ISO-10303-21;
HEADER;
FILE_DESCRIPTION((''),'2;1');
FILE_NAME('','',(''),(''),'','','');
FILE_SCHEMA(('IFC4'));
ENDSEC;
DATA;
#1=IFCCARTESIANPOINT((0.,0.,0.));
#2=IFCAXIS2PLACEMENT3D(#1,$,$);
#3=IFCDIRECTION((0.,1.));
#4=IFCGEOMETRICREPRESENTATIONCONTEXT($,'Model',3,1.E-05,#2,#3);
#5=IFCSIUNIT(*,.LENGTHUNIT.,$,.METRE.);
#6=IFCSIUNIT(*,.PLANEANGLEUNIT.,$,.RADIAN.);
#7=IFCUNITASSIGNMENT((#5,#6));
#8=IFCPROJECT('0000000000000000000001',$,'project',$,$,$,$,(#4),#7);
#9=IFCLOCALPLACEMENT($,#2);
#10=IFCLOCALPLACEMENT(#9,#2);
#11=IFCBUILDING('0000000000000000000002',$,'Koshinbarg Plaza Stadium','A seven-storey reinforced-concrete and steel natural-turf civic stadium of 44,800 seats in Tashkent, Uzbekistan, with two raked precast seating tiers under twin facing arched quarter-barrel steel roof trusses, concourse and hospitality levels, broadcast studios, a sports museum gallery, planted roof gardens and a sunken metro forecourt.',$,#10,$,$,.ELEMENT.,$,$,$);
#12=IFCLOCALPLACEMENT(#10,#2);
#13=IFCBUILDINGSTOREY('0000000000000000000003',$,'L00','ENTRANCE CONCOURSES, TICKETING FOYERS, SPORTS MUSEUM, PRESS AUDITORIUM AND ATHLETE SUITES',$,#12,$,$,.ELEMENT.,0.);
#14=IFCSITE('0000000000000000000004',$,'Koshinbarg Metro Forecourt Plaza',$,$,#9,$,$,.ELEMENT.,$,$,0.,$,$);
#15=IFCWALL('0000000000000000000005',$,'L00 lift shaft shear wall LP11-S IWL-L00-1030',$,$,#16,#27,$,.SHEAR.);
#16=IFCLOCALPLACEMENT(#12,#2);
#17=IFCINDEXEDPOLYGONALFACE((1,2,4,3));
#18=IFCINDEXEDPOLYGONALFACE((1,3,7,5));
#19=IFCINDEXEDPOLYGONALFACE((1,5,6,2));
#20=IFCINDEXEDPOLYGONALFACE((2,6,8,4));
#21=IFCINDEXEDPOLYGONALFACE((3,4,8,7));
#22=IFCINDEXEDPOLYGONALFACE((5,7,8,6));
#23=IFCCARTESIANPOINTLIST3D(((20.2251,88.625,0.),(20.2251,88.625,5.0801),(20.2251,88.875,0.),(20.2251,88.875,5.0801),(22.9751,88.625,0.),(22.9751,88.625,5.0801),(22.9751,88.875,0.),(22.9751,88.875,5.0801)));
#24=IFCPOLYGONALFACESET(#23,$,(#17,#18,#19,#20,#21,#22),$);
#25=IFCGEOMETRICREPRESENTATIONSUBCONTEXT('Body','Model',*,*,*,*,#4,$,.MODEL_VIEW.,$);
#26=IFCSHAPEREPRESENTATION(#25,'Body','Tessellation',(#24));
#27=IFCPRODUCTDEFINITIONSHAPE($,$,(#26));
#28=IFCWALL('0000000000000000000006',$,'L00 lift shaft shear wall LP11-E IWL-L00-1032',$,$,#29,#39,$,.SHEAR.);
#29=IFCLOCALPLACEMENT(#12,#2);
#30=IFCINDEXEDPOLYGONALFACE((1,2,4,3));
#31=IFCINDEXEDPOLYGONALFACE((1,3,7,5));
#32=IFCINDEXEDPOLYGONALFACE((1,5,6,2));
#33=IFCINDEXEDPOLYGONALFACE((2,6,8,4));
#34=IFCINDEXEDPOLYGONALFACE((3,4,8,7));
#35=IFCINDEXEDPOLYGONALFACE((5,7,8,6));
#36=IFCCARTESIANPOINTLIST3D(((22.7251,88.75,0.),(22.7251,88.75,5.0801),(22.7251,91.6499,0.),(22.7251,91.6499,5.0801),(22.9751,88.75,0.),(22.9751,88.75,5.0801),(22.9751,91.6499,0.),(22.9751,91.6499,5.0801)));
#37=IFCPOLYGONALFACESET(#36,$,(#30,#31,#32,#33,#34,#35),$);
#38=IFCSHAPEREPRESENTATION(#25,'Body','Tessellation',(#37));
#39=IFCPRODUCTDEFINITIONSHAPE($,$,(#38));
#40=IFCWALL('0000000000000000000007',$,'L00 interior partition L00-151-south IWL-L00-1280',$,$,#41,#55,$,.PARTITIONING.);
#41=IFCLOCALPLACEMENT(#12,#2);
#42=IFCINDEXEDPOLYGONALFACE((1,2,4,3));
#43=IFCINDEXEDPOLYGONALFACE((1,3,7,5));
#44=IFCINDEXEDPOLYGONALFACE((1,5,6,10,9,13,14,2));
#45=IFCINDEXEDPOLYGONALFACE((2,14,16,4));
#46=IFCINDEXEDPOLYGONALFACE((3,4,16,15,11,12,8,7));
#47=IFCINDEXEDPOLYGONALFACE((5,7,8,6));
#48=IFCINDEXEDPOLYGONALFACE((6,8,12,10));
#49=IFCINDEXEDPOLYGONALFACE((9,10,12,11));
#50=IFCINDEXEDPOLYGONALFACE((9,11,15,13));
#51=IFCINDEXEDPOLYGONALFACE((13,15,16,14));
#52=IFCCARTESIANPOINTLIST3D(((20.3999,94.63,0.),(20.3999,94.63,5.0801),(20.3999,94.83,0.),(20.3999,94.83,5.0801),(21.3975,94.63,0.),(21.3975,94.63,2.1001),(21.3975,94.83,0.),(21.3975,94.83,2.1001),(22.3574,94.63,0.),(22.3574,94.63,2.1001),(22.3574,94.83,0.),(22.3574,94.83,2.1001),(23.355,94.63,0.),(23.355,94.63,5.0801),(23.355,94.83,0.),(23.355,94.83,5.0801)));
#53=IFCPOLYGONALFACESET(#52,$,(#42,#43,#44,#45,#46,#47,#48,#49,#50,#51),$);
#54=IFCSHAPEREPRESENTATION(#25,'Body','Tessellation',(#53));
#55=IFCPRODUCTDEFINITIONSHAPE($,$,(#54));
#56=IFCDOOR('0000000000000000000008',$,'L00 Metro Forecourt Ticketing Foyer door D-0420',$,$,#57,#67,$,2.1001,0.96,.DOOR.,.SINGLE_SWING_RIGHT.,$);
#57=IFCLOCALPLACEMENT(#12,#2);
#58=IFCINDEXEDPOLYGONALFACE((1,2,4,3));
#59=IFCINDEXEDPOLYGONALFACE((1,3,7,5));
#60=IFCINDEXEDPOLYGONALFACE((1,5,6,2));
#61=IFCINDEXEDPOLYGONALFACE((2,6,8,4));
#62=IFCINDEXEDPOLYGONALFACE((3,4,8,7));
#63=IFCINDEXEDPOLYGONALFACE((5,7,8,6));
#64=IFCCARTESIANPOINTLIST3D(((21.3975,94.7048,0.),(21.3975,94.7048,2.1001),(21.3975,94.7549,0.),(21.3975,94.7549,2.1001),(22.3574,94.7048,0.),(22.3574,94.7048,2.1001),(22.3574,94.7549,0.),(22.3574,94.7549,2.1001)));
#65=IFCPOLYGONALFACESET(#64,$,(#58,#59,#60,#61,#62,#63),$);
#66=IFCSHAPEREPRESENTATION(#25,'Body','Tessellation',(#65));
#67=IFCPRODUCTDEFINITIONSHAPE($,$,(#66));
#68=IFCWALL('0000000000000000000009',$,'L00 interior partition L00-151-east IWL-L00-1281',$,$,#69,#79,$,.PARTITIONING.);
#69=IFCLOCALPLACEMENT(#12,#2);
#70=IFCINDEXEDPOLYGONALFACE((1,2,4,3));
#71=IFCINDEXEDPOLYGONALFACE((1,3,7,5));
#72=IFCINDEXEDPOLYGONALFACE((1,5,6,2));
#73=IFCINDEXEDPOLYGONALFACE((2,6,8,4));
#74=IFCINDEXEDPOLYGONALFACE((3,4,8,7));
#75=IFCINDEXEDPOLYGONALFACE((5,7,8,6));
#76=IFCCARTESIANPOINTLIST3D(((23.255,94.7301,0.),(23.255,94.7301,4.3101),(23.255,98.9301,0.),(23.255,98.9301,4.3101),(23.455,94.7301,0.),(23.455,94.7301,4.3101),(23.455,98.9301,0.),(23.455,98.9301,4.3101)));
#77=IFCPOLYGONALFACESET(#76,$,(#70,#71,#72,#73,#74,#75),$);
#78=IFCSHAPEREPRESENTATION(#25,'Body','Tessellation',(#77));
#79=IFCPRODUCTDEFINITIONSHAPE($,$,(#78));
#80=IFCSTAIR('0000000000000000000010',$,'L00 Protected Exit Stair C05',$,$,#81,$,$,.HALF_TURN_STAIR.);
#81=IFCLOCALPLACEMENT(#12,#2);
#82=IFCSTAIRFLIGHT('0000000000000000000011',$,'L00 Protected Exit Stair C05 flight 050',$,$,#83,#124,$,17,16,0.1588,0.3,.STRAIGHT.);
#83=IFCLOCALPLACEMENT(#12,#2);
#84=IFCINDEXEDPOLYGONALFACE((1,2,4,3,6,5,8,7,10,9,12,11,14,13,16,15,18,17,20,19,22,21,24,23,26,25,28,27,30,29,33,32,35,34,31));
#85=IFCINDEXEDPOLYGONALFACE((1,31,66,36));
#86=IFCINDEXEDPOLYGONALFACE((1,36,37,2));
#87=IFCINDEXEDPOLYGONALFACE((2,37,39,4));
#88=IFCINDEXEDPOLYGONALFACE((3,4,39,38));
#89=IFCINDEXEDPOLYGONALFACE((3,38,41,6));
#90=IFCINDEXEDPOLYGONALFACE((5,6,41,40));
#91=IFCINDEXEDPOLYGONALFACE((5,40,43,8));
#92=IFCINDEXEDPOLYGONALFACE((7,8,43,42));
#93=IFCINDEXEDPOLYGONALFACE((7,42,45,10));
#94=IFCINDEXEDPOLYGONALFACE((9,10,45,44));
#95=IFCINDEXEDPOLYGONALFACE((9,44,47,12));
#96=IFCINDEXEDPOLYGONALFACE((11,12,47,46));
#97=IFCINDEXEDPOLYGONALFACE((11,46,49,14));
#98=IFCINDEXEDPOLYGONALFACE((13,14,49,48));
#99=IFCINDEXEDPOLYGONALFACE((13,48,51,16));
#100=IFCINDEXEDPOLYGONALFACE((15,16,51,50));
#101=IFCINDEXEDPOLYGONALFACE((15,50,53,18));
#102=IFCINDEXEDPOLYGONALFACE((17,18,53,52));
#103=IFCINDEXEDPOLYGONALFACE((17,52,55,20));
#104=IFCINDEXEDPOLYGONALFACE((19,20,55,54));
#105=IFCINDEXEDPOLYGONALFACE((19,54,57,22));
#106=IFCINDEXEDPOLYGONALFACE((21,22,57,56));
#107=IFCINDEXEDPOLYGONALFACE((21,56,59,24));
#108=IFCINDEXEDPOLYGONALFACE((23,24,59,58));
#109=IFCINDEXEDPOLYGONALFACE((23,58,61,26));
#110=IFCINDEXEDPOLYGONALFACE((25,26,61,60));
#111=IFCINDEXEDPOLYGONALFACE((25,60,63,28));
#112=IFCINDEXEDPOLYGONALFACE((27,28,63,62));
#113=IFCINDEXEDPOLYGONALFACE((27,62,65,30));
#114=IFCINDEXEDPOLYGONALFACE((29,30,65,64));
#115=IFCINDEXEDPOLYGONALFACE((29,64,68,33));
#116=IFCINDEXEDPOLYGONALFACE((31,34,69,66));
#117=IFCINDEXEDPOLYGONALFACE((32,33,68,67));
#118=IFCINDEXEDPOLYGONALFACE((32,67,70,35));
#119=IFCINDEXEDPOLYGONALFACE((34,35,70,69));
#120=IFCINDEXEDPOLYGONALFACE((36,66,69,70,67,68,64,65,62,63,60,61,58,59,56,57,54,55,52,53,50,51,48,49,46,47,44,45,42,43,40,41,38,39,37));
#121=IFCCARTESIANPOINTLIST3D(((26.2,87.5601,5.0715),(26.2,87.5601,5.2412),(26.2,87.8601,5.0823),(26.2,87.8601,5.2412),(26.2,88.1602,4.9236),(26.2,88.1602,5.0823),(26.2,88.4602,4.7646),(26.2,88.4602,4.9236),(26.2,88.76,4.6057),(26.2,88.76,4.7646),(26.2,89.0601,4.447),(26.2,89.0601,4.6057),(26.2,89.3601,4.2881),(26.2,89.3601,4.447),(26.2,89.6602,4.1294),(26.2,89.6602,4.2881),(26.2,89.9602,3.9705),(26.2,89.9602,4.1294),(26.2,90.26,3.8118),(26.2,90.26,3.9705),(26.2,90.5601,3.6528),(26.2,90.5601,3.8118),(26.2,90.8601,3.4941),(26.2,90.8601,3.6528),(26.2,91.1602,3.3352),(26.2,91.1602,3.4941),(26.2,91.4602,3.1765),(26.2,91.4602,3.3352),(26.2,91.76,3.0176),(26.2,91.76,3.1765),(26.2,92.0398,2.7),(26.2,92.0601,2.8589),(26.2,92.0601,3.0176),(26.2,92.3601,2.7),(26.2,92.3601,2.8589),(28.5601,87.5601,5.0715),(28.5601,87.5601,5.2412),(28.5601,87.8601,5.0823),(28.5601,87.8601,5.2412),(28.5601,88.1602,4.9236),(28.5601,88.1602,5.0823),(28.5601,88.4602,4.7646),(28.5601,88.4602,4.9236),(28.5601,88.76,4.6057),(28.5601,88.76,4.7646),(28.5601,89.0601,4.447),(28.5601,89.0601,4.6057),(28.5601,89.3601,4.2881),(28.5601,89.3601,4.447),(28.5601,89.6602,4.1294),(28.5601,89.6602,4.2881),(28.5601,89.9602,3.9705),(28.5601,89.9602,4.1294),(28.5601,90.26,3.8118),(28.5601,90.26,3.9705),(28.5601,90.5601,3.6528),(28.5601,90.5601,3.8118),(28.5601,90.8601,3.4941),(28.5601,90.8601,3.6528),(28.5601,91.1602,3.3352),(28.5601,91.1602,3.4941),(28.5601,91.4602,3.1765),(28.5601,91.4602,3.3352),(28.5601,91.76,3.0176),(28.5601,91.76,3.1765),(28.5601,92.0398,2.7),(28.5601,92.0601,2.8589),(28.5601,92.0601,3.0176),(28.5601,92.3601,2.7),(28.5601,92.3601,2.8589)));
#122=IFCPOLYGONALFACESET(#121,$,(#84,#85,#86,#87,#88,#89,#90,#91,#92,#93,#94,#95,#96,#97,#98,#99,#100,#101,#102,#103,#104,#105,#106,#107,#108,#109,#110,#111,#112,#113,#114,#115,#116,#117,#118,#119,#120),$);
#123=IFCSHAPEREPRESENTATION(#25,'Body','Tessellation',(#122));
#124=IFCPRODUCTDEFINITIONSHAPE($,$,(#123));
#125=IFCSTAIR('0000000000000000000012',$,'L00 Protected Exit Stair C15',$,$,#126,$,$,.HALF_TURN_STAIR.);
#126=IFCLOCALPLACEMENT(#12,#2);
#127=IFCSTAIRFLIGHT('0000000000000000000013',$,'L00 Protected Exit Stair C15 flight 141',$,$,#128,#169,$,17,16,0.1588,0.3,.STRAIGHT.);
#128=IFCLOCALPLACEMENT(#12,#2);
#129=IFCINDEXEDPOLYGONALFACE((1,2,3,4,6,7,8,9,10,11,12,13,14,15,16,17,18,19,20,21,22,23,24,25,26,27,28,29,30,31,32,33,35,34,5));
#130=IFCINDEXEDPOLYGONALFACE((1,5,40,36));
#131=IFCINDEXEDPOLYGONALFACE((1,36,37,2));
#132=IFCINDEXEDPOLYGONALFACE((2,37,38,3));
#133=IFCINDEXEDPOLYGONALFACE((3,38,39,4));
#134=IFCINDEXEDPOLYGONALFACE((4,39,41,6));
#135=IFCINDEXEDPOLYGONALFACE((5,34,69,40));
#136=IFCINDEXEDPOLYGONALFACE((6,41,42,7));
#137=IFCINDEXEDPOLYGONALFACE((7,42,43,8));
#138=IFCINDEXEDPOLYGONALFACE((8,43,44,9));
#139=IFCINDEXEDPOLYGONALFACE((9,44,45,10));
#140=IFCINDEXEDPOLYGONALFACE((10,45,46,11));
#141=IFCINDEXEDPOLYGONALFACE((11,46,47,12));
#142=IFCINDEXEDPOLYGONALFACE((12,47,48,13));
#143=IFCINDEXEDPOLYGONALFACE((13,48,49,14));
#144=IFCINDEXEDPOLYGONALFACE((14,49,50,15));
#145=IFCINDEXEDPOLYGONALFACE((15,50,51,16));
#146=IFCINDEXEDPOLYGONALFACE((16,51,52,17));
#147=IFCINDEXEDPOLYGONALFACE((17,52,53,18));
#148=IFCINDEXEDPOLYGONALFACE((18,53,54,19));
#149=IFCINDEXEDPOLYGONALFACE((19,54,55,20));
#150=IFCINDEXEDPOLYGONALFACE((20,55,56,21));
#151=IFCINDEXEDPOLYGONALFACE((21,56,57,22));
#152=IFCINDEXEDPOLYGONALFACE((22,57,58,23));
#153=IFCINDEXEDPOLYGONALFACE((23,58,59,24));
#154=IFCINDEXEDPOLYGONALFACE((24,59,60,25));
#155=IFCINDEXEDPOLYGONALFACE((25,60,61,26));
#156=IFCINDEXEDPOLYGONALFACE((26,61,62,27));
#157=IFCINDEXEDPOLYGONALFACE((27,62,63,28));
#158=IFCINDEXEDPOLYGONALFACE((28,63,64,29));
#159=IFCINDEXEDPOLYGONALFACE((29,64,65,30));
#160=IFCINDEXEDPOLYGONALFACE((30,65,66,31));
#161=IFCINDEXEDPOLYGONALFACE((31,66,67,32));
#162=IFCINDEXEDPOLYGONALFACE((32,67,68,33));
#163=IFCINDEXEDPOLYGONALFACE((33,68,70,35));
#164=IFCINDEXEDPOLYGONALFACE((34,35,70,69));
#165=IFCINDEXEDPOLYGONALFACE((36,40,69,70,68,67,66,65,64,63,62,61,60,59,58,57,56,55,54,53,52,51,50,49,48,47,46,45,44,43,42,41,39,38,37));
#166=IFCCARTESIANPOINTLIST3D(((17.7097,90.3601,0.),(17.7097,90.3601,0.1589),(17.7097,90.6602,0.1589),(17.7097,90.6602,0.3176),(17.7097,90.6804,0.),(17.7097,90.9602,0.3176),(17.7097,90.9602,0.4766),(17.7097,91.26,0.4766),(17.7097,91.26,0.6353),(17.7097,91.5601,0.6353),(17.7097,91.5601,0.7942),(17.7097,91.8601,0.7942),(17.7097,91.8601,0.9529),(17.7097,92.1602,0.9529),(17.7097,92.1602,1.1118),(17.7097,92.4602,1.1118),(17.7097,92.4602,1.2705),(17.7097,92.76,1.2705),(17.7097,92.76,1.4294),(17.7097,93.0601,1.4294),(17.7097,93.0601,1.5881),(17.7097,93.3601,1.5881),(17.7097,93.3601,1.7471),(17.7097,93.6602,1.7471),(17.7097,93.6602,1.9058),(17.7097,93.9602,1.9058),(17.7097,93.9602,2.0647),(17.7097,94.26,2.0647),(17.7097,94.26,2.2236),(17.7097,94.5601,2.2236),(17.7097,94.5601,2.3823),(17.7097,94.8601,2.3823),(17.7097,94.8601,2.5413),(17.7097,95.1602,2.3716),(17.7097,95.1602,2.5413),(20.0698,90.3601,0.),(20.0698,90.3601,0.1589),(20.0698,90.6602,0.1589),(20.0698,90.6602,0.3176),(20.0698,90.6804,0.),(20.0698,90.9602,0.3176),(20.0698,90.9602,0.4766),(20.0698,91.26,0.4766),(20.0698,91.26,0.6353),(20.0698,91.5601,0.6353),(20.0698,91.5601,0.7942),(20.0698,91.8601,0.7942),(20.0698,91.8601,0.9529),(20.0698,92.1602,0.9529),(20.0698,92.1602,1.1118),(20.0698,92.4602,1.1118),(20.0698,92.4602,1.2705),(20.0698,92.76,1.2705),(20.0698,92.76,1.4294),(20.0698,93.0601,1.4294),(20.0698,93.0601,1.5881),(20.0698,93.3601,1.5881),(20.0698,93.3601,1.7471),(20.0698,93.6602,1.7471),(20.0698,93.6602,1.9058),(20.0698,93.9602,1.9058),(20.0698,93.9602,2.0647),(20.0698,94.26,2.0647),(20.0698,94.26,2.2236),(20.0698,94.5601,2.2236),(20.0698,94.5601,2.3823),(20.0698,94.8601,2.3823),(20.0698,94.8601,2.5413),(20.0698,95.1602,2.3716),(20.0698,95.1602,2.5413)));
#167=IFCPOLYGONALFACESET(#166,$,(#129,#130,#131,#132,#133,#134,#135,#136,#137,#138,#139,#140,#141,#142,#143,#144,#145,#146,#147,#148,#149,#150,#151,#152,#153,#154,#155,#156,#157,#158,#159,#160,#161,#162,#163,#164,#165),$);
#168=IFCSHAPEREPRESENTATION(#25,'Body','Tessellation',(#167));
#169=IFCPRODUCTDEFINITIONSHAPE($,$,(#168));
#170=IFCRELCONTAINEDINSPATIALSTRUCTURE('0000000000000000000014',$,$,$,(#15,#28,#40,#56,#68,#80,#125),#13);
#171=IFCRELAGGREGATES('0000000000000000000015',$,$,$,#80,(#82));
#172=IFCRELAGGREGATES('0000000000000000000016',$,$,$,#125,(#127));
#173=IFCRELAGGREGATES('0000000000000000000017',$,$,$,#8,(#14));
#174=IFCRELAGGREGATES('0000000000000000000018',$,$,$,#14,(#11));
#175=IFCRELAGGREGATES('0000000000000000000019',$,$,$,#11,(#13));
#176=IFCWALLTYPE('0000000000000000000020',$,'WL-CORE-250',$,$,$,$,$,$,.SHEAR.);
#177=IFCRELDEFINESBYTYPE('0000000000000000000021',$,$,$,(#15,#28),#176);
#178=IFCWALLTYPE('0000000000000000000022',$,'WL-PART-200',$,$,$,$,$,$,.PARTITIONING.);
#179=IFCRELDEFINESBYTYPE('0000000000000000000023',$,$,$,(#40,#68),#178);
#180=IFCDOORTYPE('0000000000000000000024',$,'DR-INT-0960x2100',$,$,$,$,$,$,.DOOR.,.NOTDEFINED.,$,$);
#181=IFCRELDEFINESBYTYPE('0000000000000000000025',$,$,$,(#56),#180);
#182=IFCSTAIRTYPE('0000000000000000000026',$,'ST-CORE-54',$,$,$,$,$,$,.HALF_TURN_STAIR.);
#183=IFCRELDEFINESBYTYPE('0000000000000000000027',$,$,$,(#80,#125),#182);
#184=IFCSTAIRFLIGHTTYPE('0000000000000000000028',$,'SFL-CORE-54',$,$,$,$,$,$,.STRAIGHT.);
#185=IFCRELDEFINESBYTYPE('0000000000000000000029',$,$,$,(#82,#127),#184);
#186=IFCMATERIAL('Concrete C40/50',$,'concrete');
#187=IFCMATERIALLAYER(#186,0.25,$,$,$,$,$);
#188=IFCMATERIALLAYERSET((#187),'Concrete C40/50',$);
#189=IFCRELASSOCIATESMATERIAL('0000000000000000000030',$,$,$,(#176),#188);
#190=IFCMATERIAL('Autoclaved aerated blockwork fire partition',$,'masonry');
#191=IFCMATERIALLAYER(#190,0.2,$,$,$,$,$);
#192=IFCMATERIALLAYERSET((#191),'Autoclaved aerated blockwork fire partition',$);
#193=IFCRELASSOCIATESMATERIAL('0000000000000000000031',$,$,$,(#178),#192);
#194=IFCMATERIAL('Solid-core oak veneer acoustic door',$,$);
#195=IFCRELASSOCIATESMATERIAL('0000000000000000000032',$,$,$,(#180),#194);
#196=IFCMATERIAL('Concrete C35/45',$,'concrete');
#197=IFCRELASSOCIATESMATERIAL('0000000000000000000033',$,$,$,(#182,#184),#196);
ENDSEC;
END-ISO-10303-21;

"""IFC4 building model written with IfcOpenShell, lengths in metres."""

from ifc_helpers import new_model, si_unit, direction, frame, frame_2d, origin, place, context, subcontext, project, spatial, polyline, rectangle, outline, extrude, material, layer, layer_set, type_object, element, fill, aggregate, save


model = new_model("IFC4")

# Units and contexts
model_context = context("Model", 3, precision=1e-05, world=origin(), true_north=direction((0.0, 1.0)))
body_context = subcontext(model_context, "Body", "Model", "MODEL_VIEW")
ifc_project = project(units=[si_unit("LENGTHUNIT", "METRE"), si_unit("PLANEANGLEUNIT", "RADIAN")], contexts=[model_context])

# Site, building, storey
site_placement = place(None, origin())
site = spatial("IfcSite", under=ifc_project, at=site_placement, Name="Koshinbarg Metro Forecourt Plaza", CompositionType="ELEMENT", RefElevation=0.0)
building_placement = place(site_placement, origin())
building = spatial("IfcBuilding", under=site, at=building_placement, Name="Koshinbarg Plaza Stadium", Description="A seven-storey reinforced-concrete and steel natural-turf civic stadium of 44,800 seats in Tashkent, Uzbekistan, with two raked precast seating tiers under twin facing arched quarter-barrel steel roof trusses, concourse and hospitality levels, broadcast studios, a sports museum gallery, planted roof gardens and a sunken metro forecourt.", CompositionType="ELEMENT")
storey_placement = place(building_placement, origin())
storey = spatial("IfcBuildingStorey", under=building, at=storey_placement, Name="L00", Description="ENTRANCE CONCOURSES, TICKETING FOYERS, SPORTS MUSEUM, PRESS AUDITORIUM AND ATHLETE SUITES", CompositionType="ELEMENT", Elevation=0.0)

# Shared definitions
ifc_material_1 = material(Name="Concrete C35/45", Category="concrete")

# Wall
ifc_material_2 = material(Name="Concrete C40/50", Category="concrete")
ifc_layer_1 = layer(ifc_material_2, 0.25)
ifc_layer_set_1 = layer_set([ifc_layer_1], Name="Concrete C40/50")
wall_type_1 = type_object("IfcWallType", Name="WL-CORE-250", PredefinedType="SHEAR", material=ifc_layer_set_1)
wall_1_placement = place(storey_placement, frame((20.2251, 88.75, 0.0), z_axis=(0.0, 0.0, 1.0), x_axis=(1.0, 0.0, 0.0)))
element("IfcWall", 1, at=wall_1_placement, inside=storey, type_object=wall_type_1, Name="L00 lift shaft shear wall LP11-S IWL-L00-1030", PredefinedType="SHEAR", context=body_context, shape_type="SweptSolid", body=[
    extrude(rectangle(XDim=2.75, YDim=0.25, at=frame_2d((1.375, 0.0))), origin(), (0.0, 0.0, 1.0), 5.0801),
])

# Wall
wall_2_placement = place(storey_placement, frame((22.8501, 88.75, 0.0), z_axis=(0.0, 0.0, 1.0), x_axis=(0.0, 1.0, 0.0)))
element("IfcWall", 2, at=wall_2_placement, inside=storey, type_object=wall_type_1, Name="L00 lift shaft shear wall LP11-E IWL-L00-1032", PredefinedType="SHEAR", context=body_context, shape_type="SweptSolid", body=[
    extrude(rectangle(XDim=2.8999, YDim=0.25, at=frame_2d((1.45, 0.0))), origin(), (0.0, 0.0, 1.0), 5.0801),
])

# Wall, opening, door
ifc_material_3 = material(Name="Autoclaved aerated blockwork fire partition", Category="masonry")
ifc_layer_2 = layer(ifc_material_3, 0.2)
ifc_layer_set_2 = layer_set([ifc_layer_2], Name="Autoclaved aerated blockwork fire partition")
wall_type_2 = type_object("IfcWallType", Name="WL-PART-200", PredefinedType="PARTITIONING", material=ifc_layer_set_2)
wall_3_placement = place(storey_placement, frame((20.3999, 94.73, 0.0), z_axis=(0.0, 0.0, 1.0), x_axis=(1.0, 0.0, 0.0)))
wall_3 = element("IfcWall", 3, at=wall_3_placement, inside=storey, type_object=wall_type_2, Name="L00 interior partition L00-151-south IWL-L00-1280", PredefinedType="PARTITIONING", context=body_context, shape_type="SweptSolid", body=[
    extrude(rectangle(XDim=2.9551, YDim=0.2, at=frame_2d((1.4775, 0.0))), origin(), (0.0, 0.0, 1.0), 5.0801),
])
opening_1_placement = place(wall_3_placement, frame((0.9976, 0.0, 0.0)))
opening_1 = element("IfcOpeningElement", 4, at=opening_1_placement, cuts=wall_3, PredefinedType="OPENING", context=body_context, shape_type="SweptSolid", body=[
    extrude(rectangle(XDim=0.96, YDim=2.1001, at=frame_2d((0.48, 1.05))), frame((0.0, 0.1099, 0.0), z_axis=(0.0, -1.0, 0.0), x_axis=(1.0, 0.0, 0.0)), (0.0, 0.0, 1.0), 0.22),
])
ifc_material_4 = material(Name="Solid-core oak veneer acoustic door")
door_type_1 = type_object("IfcDoorType", Name="DR-INT-0960x2100", OperationType="NOTDEFINED", PredefinedType="DOOR", material=ifc_material_4)
door_1_placement = place(opening_1_placement, origin())
door_1 = element("IfcDoor", 5, at=door_1_placement, inside=storey, type_object=door_type_1, Name="L00 Metro Forecourt Ticketing Foyer door D-0420", OperationType="SINGLE_SWING_RIGHT", OverallHeight=2.1001, OverallWidth=0.96, PredefinedType="DOOR", context=body_context, shape_type="SweptSolid", body=[
    extrude(rectangle(XDim=0.96, YDim=2.1001, at=frame_2d((0.48, 1.05))), frame((0.0, 0.0249, 0.0), z_axis=(0.0, -1.0, 0.0), x_axis=(1.0, 0.0, 0.0)), (0.0, 0.0, 1.0), 0.05),
])
fill(opening_1, door_1)

# Wall
wall_4_placement = place(storey_placement, frame((23.355, 94.73, 0.0), z_axis=(0.0, 0.0, 1.0), x_axis=(0.0, 1.0, 0.0)))
element("IfcWall", 6, at=wall_4_placement, inside=storey, type_object=wall_type_2, Name="L00 interior partition L00-151-east IWL-L00-1281", PredefinedType="PARTITIONING", context=body_context, shape_type="SweptSolid", body=[
    extrude(rectangle(XDim=4.2, YDim=0.2, at=frame_2d((2.1001, 0.0))), origin(), (0.0, 0.0, 1.0), 4.3101),
])

# Stair, stair flight
stair_type = type_object("IfcStairType", Name="ST-CORE-54", PredefinedType="HALF_TURN_STAIR", material=ifc_material_1)
stair_1_placement = place(storey_placement, origin())
stair_1 = element("IfcStair", 7, at=stair_1_placement, inside=storey, type_object=stair_type, Name="L00 Protected Exit Stair C05", PredefinedType="HALF_TURN_STAIR")
stair_flight_type = type_object("IfcStairFlightType", Name="SFL-CORE-54", PredefinedType="STRAIGHT", material=ifc_material_1)
stair_flight_1_placement = place(storey_placement, frame((27.3799, 92.3601, 2.7), z_axis=(0.0, 0.0, 1.0), x_axis=(0.0, -1.0, 0.0)))
stair_flight_1 = element("IfcStairFlight", 8, at=stair_flight_1_placement, type_object=stair_flight_type, Name="L00 Protected Exit Stair C05 flight 050", NumberOfRisers=17, NumberOfTreads=16, PredefinedType="STRAIGHT", RiserHeight=0.1588, TreadLength=0.3, context=body_context, shape_type="SweptSolid", body=[
    extrude(outline(polyline([(0.0, 0.0), (0.0, 0.1589), (0.3, 0.1589), (0.3, 0.3176), (0.6001, 0.3176), (0.6001, 0.4766), (0.8999, 0.4766), (0.8999, 0.6353), (1.2, 0.6353), (1.2, 0.7942), (1.5, 0.7942), (1.5, 0.9529), (1.8, 0.9529), (1.8, 1.1118), (2.1001, 1.1118), (2.1001, 1.2705), (2.3999, 1.2705), (2.3999, 1.4294), (2.7, 1.4294), (2.7, 1.5881), (3.0, 1.5881), (3.0, 1.7471), (3.3, 1.7471), (3.3, 1.9058), (3.6001, 1.9058), (3.6001, 2.0647), (3.8999, 2.0647), (3.8999, 2.2236), (4.2, 2.2236), (4.2, 2.3823), (4.5, 2.3823), (4.5, 2.5413), (4.8, 2.5413), (4.8, 2.7), (4.8, 2.3716), (0.3203, 0.0), (0.0, 0.0)])), frame((0.0, 1.1802, 0.0), z_axis=(0.0, -1.0, 0.0), x_axis=(1.0, 0.0, 0.0)), (0.0, 0.0, 1.0), 2.3601),
])
aggregate(stair_1, [stair_flight_1])

# Stair, stair flight
stair_2_placement = place(storey_placement, origin())
stair_2 = element("IfcStair", 9, at=stair_2_placement, inside=storey, type_object=stair_type, Name="L00 Protected Exit Stair C15", PredefinedType="HALF_TURN_STAIR")
stair_flight_2_placement = place(storey_placement, frame((18.8899, 90.3601, 0.0), z_axis=(0.0, 0.0, 1.0), x_axis=(0.0, 1.0, 0.0)))
stair_flight_2 = element("IfcStairFlight", 10, at=stair_flight_2_placement, type_object=stair_flight_type, Name="L00 Protected Exit Stair C15 flight 141", NumberOfRisers=17, NumberOfTreads=16, PredefinedType="STRAIGHT", RiserHeight=0.1588, TreadLength=0.3, context=body_context, shape_type="SweptSolid", body=[
    extrude(outline(polyline([(0.0, 0.0), (0.0, 0.1589), (0.3, 0.1589), (0.3, 0.3176), (0.6001, 0.3176), (0.6001, 0.4766), (0.8999, 0.4766), (0.8999, 0.6353), (1.2, 0.6353), (1.2, 0.7942), (1.5, 0.7942), (1.5, 0.9529), (1.8, 0.9529), (1.8, 1.1118), (2.1001, 1.1118), (2.1001, 1.2705), (2.3999, 1.2705), (2.3999, 1.4294), (2.7, 1.4294), (2.7, 1.5881), (3.0, 1.5881), (3.0, 1.7471), (3.3, 1.7471), (3.3, 1.9058), (3.6001, 1.9058), (3.6001, 2.0647), (3.8999, 2.0647), (3.8999, 2.2236), (4.2, 2.2236), (4.2, 2.3823), (4.5, 2.3823), (4.5, 2.5413), (4.8, 2.5413), (4.8, 2.7), (4.8, 2.3716), (0.3203, 0.0), (0.0, 0.0)])), frame((0.0, 1.1802, 0.0), z_axis=(0.0, -1.0, 0.0), x_axis=(1.0, 0.0, 0.0)), (0.0, 0.0, 1.0), 2.3601),
])
aggregate(stair_2, [stair_flight_2])

save(model, "model.ifc")
